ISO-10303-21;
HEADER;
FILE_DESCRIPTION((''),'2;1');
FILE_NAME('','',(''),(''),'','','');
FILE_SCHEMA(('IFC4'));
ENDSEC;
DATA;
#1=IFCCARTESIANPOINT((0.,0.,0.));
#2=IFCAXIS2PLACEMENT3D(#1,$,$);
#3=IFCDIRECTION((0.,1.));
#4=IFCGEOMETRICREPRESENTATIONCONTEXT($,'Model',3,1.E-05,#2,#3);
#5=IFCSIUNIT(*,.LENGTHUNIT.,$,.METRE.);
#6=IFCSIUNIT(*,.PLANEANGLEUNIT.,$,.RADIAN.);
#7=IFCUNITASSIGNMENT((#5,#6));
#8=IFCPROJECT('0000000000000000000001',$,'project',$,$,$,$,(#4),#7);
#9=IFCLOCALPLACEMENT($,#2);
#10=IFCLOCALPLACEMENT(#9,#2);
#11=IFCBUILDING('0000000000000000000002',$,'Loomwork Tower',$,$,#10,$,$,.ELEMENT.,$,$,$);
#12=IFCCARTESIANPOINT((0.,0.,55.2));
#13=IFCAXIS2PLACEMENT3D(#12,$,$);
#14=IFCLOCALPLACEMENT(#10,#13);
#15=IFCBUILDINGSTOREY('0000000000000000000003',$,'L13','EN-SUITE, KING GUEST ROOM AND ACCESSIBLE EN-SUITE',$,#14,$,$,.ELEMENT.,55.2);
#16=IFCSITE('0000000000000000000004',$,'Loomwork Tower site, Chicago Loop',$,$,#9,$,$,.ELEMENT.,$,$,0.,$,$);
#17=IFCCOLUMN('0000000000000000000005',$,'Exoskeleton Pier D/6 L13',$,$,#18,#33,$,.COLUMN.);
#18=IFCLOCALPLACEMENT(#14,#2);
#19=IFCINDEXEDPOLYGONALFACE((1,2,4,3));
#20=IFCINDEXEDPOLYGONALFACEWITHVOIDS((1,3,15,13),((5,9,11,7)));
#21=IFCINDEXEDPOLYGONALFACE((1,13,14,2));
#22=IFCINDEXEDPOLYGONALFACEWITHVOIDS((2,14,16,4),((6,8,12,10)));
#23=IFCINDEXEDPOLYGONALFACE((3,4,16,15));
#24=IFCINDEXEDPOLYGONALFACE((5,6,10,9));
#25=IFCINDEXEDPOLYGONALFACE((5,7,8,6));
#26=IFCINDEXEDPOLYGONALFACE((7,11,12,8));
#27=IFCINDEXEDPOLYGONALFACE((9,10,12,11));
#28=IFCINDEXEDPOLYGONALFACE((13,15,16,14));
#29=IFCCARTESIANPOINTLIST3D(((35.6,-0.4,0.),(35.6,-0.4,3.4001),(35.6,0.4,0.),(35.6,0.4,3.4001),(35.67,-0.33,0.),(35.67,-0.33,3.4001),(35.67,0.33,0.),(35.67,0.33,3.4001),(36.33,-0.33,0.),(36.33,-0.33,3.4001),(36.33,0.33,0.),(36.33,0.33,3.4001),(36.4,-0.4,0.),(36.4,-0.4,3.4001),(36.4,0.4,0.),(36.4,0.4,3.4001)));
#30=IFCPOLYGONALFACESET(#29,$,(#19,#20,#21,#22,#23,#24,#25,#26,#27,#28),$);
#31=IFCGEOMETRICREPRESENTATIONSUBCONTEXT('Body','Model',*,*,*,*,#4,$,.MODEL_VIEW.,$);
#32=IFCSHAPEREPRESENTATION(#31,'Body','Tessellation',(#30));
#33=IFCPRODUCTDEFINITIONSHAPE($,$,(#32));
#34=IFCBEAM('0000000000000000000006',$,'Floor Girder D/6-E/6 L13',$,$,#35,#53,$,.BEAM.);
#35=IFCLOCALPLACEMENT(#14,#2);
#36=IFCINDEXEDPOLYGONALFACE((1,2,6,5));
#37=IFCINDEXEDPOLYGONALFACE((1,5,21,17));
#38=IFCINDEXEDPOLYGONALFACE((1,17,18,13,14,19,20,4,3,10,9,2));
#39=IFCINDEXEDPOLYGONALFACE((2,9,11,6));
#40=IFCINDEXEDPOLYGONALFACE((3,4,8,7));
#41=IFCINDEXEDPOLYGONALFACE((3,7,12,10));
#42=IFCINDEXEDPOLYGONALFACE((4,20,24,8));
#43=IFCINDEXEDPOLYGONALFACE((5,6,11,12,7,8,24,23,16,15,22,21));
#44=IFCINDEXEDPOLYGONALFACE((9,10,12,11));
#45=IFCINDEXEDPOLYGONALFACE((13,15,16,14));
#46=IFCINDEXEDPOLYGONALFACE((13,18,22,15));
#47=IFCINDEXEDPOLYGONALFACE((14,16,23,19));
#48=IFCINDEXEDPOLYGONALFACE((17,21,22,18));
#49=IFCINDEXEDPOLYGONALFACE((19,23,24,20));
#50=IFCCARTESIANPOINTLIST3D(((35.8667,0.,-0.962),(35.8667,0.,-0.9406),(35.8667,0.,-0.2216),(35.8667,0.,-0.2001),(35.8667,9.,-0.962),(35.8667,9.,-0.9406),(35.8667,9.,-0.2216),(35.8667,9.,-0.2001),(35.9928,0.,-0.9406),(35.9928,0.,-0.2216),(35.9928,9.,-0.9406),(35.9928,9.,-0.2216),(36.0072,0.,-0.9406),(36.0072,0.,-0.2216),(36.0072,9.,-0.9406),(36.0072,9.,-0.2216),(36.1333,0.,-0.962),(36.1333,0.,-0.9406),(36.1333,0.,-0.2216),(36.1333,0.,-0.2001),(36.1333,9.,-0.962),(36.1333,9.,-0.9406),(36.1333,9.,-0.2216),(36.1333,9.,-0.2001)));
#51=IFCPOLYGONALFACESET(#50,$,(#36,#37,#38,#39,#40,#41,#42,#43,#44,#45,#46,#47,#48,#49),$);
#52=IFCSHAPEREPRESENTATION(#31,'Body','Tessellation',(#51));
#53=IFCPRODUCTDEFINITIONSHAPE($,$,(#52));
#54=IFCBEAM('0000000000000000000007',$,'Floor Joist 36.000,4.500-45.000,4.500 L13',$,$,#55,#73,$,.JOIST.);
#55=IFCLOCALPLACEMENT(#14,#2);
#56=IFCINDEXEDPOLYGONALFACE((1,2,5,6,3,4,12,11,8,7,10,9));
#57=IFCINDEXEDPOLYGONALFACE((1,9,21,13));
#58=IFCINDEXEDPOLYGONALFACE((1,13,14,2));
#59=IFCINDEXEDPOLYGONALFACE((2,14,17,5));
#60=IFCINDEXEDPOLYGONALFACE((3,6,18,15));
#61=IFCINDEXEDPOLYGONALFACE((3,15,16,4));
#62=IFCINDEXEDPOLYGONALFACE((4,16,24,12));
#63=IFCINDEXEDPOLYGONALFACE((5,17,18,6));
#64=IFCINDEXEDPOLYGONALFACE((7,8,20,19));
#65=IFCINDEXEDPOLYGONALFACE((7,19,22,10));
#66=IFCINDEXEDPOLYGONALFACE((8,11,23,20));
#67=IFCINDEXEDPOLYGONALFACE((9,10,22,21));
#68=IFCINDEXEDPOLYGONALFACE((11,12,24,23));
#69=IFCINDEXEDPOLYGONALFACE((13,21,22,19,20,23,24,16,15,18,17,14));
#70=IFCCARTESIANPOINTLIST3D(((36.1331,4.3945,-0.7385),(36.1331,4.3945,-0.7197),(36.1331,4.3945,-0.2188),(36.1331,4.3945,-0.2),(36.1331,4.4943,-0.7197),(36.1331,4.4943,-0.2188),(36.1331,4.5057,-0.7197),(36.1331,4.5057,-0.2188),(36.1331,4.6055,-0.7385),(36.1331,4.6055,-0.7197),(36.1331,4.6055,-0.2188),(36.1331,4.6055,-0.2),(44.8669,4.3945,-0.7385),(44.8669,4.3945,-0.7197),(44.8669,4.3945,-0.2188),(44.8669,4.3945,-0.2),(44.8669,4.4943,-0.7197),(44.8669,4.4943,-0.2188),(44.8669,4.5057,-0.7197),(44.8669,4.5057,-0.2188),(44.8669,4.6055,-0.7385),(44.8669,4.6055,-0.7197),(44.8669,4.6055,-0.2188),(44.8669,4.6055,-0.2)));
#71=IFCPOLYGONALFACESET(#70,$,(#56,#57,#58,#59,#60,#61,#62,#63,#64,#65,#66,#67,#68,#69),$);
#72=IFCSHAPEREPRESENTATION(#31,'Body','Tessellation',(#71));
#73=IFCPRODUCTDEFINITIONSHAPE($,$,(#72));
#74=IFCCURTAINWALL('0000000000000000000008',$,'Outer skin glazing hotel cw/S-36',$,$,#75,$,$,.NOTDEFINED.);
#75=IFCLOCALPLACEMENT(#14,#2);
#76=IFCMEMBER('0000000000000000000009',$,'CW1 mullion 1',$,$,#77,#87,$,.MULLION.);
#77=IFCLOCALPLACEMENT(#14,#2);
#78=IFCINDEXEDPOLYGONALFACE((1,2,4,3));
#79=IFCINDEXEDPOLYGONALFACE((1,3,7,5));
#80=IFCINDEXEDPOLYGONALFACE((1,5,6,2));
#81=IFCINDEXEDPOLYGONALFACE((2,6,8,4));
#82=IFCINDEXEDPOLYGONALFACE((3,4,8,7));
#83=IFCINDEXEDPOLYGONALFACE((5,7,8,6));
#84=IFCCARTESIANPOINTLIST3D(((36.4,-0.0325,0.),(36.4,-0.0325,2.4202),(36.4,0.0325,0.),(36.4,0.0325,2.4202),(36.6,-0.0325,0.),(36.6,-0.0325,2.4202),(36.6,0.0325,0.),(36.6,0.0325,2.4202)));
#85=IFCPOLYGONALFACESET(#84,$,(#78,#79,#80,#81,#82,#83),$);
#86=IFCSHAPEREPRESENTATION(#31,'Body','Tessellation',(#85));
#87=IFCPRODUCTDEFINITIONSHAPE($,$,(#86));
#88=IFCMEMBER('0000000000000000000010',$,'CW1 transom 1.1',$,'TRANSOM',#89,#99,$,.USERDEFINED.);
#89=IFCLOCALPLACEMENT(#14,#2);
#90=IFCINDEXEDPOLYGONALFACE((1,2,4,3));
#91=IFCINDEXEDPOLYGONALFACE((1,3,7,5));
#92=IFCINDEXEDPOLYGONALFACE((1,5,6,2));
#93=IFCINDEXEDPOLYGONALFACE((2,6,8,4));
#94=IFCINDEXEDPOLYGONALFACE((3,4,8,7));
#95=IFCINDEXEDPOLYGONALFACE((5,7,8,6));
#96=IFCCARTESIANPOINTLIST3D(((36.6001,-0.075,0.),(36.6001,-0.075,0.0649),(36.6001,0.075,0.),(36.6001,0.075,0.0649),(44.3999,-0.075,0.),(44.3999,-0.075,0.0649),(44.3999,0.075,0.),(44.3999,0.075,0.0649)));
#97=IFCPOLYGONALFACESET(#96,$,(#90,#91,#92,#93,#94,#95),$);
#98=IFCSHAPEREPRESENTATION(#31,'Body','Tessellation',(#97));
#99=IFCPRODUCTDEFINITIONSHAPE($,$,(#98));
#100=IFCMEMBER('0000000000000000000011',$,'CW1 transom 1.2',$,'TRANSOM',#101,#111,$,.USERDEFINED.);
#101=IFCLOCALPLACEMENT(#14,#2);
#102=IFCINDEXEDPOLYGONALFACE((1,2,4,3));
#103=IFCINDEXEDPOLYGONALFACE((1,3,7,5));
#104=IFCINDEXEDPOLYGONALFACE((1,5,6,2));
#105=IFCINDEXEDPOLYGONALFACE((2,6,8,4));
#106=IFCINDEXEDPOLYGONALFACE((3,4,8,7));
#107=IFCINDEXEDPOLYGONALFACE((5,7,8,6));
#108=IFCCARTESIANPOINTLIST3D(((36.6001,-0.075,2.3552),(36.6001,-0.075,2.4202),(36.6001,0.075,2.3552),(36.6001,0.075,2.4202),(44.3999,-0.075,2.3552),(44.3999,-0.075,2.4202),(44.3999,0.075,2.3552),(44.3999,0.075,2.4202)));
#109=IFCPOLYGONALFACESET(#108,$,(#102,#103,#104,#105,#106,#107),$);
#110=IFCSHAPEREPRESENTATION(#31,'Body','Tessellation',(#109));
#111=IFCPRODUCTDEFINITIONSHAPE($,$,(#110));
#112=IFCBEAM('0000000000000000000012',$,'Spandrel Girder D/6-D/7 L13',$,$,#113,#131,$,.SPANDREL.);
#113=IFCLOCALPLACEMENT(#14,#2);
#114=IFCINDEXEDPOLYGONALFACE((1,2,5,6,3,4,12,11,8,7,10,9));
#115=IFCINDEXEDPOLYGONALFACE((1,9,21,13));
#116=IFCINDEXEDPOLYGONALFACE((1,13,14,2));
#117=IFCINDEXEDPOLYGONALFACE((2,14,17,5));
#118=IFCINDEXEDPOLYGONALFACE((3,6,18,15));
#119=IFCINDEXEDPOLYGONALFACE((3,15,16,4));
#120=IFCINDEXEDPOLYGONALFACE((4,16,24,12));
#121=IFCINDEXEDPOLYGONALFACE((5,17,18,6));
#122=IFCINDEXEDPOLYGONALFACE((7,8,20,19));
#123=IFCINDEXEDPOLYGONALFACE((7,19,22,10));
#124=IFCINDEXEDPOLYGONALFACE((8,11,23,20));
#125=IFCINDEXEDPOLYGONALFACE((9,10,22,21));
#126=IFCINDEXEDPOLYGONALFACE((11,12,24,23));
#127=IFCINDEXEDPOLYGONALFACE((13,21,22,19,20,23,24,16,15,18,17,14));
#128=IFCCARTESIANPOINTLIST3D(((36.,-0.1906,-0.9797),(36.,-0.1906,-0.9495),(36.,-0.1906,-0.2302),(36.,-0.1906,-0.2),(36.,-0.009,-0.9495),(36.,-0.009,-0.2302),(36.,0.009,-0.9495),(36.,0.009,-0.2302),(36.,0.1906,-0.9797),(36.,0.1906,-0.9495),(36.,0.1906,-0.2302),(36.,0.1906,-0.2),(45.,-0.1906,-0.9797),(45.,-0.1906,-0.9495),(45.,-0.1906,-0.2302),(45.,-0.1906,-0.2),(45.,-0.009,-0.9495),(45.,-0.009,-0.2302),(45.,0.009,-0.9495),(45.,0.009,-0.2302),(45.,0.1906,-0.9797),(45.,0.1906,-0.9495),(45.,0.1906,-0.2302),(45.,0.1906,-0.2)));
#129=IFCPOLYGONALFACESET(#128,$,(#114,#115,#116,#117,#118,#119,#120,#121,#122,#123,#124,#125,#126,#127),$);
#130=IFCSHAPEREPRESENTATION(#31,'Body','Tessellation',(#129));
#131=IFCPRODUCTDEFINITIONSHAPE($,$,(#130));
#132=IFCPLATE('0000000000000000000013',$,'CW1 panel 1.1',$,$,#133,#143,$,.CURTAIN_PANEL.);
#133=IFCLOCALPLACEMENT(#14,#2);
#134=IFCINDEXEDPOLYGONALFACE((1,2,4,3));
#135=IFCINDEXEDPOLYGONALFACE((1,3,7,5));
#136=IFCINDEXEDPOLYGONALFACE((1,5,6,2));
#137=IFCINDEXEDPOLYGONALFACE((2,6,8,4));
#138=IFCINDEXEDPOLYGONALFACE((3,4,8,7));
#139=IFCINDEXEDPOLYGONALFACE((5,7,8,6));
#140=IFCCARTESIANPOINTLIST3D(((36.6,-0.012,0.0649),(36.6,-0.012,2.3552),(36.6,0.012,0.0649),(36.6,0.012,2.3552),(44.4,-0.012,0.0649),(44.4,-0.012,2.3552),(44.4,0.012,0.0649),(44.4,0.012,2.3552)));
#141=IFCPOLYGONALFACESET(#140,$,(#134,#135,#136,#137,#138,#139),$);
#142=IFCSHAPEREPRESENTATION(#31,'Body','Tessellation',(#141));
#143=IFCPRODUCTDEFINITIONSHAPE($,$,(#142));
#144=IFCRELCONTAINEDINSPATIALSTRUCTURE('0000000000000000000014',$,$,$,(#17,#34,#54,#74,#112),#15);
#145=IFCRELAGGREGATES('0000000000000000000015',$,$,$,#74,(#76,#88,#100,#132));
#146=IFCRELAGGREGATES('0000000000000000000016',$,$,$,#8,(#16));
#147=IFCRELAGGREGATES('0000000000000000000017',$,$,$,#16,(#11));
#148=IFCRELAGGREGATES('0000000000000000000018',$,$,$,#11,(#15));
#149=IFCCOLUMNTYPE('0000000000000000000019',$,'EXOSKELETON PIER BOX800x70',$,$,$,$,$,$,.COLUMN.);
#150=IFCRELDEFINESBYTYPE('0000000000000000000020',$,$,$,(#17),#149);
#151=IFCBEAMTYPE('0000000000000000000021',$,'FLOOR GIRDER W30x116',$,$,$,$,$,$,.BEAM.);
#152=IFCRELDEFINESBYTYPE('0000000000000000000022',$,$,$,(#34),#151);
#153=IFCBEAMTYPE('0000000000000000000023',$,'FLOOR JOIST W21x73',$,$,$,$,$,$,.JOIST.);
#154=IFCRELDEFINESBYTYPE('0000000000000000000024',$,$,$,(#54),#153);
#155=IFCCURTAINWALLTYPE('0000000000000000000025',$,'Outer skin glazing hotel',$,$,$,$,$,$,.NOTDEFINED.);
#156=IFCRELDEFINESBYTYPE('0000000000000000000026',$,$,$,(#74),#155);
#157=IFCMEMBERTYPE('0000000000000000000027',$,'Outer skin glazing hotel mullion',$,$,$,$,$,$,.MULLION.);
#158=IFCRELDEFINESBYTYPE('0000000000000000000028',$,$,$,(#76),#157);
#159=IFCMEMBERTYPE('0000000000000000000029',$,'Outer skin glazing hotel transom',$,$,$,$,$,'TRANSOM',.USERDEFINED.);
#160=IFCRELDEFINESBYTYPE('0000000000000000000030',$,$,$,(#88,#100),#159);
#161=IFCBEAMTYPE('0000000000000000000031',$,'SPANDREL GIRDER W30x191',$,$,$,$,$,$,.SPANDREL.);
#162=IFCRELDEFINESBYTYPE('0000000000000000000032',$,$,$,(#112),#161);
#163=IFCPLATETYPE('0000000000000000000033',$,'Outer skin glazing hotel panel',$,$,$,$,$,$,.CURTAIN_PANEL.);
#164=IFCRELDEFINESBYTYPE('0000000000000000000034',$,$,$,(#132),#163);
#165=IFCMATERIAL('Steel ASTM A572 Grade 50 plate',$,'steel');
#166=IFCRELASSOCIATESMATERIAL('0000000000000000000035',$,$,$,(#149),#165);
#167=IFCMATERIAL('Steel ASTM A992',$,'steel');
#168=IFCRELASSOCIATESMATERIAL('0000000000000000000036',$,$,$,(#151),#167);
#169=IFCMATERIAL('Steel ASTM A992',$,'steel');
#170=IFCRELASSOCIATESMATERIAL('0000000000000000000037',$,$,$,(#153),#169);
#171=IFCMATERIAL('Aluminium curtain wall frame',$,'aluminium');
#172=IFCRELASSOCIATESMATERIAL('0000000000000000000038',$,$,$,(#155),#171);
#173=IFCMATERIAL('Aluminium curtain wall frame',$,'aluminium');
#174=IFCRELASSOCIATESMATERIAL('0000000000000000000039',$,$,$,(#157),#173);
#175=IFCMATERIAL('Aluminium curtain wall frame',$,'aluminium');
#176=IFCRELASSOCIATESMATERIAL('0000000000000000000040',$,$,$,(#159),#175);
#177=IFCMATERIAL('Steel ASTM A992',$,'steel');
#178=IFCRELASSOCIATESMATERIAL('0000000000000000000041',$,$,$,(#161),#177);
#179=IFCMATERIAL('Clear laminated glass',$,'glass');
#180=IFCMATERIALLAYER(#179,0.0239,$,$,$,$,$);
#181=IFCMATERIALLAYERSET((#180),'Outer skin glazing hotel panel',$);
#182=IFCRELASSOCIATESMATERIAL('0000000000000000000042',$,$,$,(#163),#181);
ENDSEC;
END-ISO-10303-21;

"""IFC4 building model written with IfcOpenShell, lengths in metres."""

from ifc_helpers import new_model, si_unit, direction, frame, origin, origin_2d, place, context, subcontext, project, spatial, rectangle, hollow_rectangle, i_section, extrude, material, layer, layer_set, material_profile, profile_set, type_object, element, aggregate, save


model = new_model("IFC4")

# Units and contexts
model_context = context("Model", 3, precision=1e-05, world=origin(), true_north=direction((0.0, 1.0)))
body_context = subcontext(model_context, "Body", "Model", "MODEL_VIEW")
ifc_project = project(units=[si_unit("LENGTHUNIT", "METRE"), si_unit("PLANEANGLEUNIT", "RADIAN")], contexts=[model_context])

# Site, building, storey
site_placement = place(None, origin())
site = spatial("IfcSite", under=ifc_project, at=site_placement, Name="Loomwork Tower site, Chicago Loop", CompositionType="ELEMENT", RefElevation=0.0)
building_placement = place(site_placement, origin())
building = spatial("IfcBuilding", under=site, at=building_placement, Name="Loomwork Tower", CompositionType="ELEMENT")
storey_placement = place(building_placement, frame((0.0, 0.0, 55.2)))
storey = spatial("IfcBuildingStorey", under=building, at=storey_placement, Name="L13", Description="EN-SUITE, KING GUEST ROOM AND ACCESSIBLE EN-SUITE", CompositionType="ELEMENT", Elevation=55.2)

# Column
ifc_material_1 = material(Name="Steel ASTM A572 Grade 50 plate", Category="steel")
ifc_material_profile_1 = material_profile(ifc_material_1, hollow_rectangle(XDim=0.8, YDim=0.8, WallThickness=0.0701, at=origin_2d()), Name="BOX800x70")
ifc_profile_set_1 = profile_set([ifc_material_profile_1], Name="Steel ASTM A572 Grade 50 plate")
column_type = type_object("IfcColumnType", Name="EXOSKELETON PIER BOX800x70", PredefinedType="COLUMN", material=ifc_profile_set_1)
column_placement = place(storey_placement, frame((36.0, 0.0, 0.0), z_axis=(0.0, 0.0, 1.0), x_axis=(1.0, 0.0, 0.0)))
element("IfcColumn", 1, at=column_placement, inside=storey, type_object=column_type, Name="Exoskeleton Pier D/6 L13", PredefinedType="COLUMN", context=body_context, shape_type="SweptSolid", body=[
    extrude(hollow_rectangle(XDim=0.8, YDim=0.8, WallThickness=0.0701, at=origin_2d()), origin(), (0.0, 0.0, 1.0), 3.4001),
])

# Beams
ifc_material_2 = material(Name="Steel ASTM A992", Category="steel")
ifc_material_profile_2 = material_profile(ifc_material_2, i_section(OverallWidth=0.2666, OverallDepth=0.762, WebThickness=0.0144, FlangeThickness=0.0215, at=origin_2d()), Name="W30x116")
ifc_profile_set_2 = profile_set([ifc_material_profile_2], Name="Steel ASTM A992")
beam_type_1 = type_object("IfcBeamType", Name="FLOOR GIRDER W30x116", PredefinedType="BEAM", material=ifc_profile_set_2)
beam_1_placement = place(storey_placement, frame((36.0, 0.0, -0.5811), z_axis=(0.0, 1.0, 0.0), x_axis=(-1.0, 0.0, 0.0)))
element("IfcBeam", 2, at=beam_1_placement, inside=storey, type_object=beam_type_1, Name="Floor Girder D/6-E/6 L13", PredefinedType="BEAM", context=body_context, shape_type="SweptSolid", body=[
    extrude(i_section(OverallWidth=0.2666, OverallDepth=0.762, WebThickness=0.0144, FlangeThickness=0.0215, at=origin_2d()), origin(), (0.0, 0.0, 1.0), 9.0),
])
ifc_material_3 = material(Name="Steel ASTM A992", Category="steel")
ifc_material_profile_3 = material_profile(ifc_material_3, i_section(OverallWidth=0.2109, OverallDepth=0.5386, WebThickness=0.0115, FlangeThickness=0.0188, at=origin_2d()), Name="W21x73")
ifc_profile_set_3 = profile_set([ifc_material_profile_3], Name="Steel ASTM A992")
beam_type_2 = type_object("IfcBeamType", Name="FLOOR JOIST W21x73", PredefinedType="JOIST", material=ifc_profile_set_3)
beam_2_placement = place(storey_placement, frame((36.1331, 4.5, -0.4692), z_axis=(1.0, 0.0, 0.0), x_axis=(0.0, 1.0, 0.0)))
element("IfcBeam", 3, at=beam_2_placement, inside=storey, type_object=beam_type_2, Name="Floor Joist 36.000,4.500-45.000,4.500 L13", PredefinedType="JOIST", context=body_context, shape_type="SweptSolid", body=[
    extrude(i_section(OverallWidth=0.2109, OverallDepth=0.5386, WebThickness=0.0115, FlangeThickness=0.0188, at=origin_2d()), origin(), (0.0, 0.0, 1.0), 8.7339),
])

# Curtain wall, members
ifc_material_4 = material(Name="Aluminium curtain wall frame", Category="aluminium")
curtain_wall_type = type_object("IfcCurtainWallType", Name="Outer skin glazing hotel", PredefinedType="NOTDEFINED", material=ifc_material_4)
curtain_wall_placement = place(storey_placement, origin())
curtain_wall = element("IfcCurtainWall", 4, at=curtain_wall_placement, inside=storey, type_object=curtain_wall_type, Name="Outer skin glazing hotel cw/S-36", PredefinedType="NOTDEFINED")
ifc_material_5 = material(Name="Aluminium curtain wall frame", Category="aluminium")
ifc_material_profile_4 = material_profile(ifc_material_5, rectangle(XDim=0.0649, YDim=0.2, at=origin_2d()), Name="AL 65x200")
ifc_profile_set_4 = profile_set([ifc_material_profile_4], Name="Aluminium curtain wall frame")
member_type_1 = type_object("IfcMemberType", Name="Outer skin glazing hotel mullion", PredefinedType="MULLION", material=ifc_profile_set_4)
member_1_placement = place(storey_placement, frame((36.5, 0.0, 0.0), z_axis=(0.0, 0.0, 1.0), x_axis=(0.0, 1.0, 0.0)))
member_1 = element("IfcMember", 5, at=member_1_placement, type_object=member_type_1, Name="CW1 mullion 1", PredefinedType="MULLION", context=body_context, shape_type="SweptSolid", body=[
    extrude(rectangle(XDim=0.0649, YDim=0.2, at=origin_2d()), origin(), (0.0, 0.0, 1.0), 2.4202),
])
ifc_material_6 = material(Name="Aluminium curtain wall frame", Category="aluminium")
ifc_material_profile_5 = material_profile(ifc_material_6, rectangle(XDim=0.1499, YDim=0.0649, at=origin_2d()), Name="AL 65x150")
ifc_profile_set_5 = profile_set([ifc_material_profile_5], Name="Aluminium curtain wall frame")
member_type_2 = type_object("IfcMemberType", Name="Outer skin glazing hotel transom", ElementType="TRANSOM", PredefinedType="USERDEFINED", material=ifc_profile_set_5)
member_2_placement = place(storey_placement, frame((36.6001, 0.0, 0.0325), z_axis=(1.0, 0.0, 0.0), x_axis=(0.0, 1.0, 0.0)))
member_2 = element("IfcMember", 6, at=member_2_placement, type_object=member_type_2, Name="CW1 transom 1.1", ObjectType="TRANSOM", PredefinedType="USERDEFINED", context=body_context, shape_type="SweptSolid", body=[
    extrude(rectangle(XDim=0.1499, YDim=0.0649, at=origin_2d()), origin(), (0.0, 0.0, 1.0), 7.7998),
])
member_3_placement = place(storey_placement, frame((36.6001, 0.0, 2.3877), z_axis=(1.0, 0.0, 0.0), x_axis=(0.0, 1.0, 0.0)))
member_3 = element("IfcMember", 7, at=member_3_placement, type_object=member_type_2, Name="CW1 transom 1.2", ObjectType="TRANSOM", PredefinedType="USERDEFINED", context=body_context, shape_type="SweptSolid", body=[
    extrude(rectangle(XDim=0.1499, YDim=0.0649, at=origin_2d()), origin(), (0.0, 0.0, 1.0), 7.7998),
])

# Beam
ifc_material_7 = material(Name="Steel ASTM A992", Category="steel")
ifc_material_profile_6 = material_profile(ifc_material_7, i_section(OverallWidth=0.3811, OverallDepth=0.7798, WebThickness=0.0181, FlangeThickness=0.0303, at=origin_2d()), Name="W30x191")
ifc_profile_set_6 = profile_set([ifc_material_profile_6], Name="Steel ASTM A992")
beam_type_3 = type_object("IfcBeamType", Name="SPANDREL GIRDER W30x191", PredefinedType="SPANDREL", material=ifc_profile_set_6)
beam_3_placement = place(storey_placement, frame((36.0, 0.0, -0.5898), z_axis=(1.0, 0.0, 0.0), x_axis=(0.0, 1.0, 0.0)))
element("IfcBeam", 8, at=beam_3_placement, inside=storey, type_object=beam_type_3, Name="Spandrel Girder D/6-D/7 L13", PredefinedType="SPANDREL", context=body_context, shape_type="SweptSolid", body=[
    extrude(i_section(OverallWidth=0.3811, OverallDepth=0.7798, WebThickness=0.0181, FlangeThickness=0.0303, at=origin_2d()), origin(), (0.0, 0.0, 1.0), 9.0),
])

# Plate
ifc_material_8 = material(Name="Clear laminated glass", Category="glass")
ifc_layer_1 = layer(ifc_material_8, 0.0239)
ifc_layer_set_1 = layer_set([ifc_layer_1], Name="Outer skin glazing hotel panel")
plate_type = type_object("IfcPlateType", Name="Outer skin glazing hotel panel", PredefinedType="CURTAIN_PANEL", material=ifc_layer_set_1)
plate_placement = place(storey_placement, frame((40.5, 0.0, 0.0649), z_axis=(0.0, 0.0, 1.0), x_axis=(1.0, 0.0, 0.0)))
plate = element("IfcPlate", 9, at=plate_placement, type_object=plate_type, Name="CW1 panel 1.1", PredefinedType="CURTAIN_PANEL", context=body_context, shape_type="SweptSolid", body=[
    extrude(rectangle(XDim=7.8, YDim=0.0239, at=origin_2d()), origin(), (0.0, 0.0, 1.0), 2.2903),
])
aggregate(curtain_wall, [member_1, member_2, member_3, plate])

save(model, "model.ifc")
